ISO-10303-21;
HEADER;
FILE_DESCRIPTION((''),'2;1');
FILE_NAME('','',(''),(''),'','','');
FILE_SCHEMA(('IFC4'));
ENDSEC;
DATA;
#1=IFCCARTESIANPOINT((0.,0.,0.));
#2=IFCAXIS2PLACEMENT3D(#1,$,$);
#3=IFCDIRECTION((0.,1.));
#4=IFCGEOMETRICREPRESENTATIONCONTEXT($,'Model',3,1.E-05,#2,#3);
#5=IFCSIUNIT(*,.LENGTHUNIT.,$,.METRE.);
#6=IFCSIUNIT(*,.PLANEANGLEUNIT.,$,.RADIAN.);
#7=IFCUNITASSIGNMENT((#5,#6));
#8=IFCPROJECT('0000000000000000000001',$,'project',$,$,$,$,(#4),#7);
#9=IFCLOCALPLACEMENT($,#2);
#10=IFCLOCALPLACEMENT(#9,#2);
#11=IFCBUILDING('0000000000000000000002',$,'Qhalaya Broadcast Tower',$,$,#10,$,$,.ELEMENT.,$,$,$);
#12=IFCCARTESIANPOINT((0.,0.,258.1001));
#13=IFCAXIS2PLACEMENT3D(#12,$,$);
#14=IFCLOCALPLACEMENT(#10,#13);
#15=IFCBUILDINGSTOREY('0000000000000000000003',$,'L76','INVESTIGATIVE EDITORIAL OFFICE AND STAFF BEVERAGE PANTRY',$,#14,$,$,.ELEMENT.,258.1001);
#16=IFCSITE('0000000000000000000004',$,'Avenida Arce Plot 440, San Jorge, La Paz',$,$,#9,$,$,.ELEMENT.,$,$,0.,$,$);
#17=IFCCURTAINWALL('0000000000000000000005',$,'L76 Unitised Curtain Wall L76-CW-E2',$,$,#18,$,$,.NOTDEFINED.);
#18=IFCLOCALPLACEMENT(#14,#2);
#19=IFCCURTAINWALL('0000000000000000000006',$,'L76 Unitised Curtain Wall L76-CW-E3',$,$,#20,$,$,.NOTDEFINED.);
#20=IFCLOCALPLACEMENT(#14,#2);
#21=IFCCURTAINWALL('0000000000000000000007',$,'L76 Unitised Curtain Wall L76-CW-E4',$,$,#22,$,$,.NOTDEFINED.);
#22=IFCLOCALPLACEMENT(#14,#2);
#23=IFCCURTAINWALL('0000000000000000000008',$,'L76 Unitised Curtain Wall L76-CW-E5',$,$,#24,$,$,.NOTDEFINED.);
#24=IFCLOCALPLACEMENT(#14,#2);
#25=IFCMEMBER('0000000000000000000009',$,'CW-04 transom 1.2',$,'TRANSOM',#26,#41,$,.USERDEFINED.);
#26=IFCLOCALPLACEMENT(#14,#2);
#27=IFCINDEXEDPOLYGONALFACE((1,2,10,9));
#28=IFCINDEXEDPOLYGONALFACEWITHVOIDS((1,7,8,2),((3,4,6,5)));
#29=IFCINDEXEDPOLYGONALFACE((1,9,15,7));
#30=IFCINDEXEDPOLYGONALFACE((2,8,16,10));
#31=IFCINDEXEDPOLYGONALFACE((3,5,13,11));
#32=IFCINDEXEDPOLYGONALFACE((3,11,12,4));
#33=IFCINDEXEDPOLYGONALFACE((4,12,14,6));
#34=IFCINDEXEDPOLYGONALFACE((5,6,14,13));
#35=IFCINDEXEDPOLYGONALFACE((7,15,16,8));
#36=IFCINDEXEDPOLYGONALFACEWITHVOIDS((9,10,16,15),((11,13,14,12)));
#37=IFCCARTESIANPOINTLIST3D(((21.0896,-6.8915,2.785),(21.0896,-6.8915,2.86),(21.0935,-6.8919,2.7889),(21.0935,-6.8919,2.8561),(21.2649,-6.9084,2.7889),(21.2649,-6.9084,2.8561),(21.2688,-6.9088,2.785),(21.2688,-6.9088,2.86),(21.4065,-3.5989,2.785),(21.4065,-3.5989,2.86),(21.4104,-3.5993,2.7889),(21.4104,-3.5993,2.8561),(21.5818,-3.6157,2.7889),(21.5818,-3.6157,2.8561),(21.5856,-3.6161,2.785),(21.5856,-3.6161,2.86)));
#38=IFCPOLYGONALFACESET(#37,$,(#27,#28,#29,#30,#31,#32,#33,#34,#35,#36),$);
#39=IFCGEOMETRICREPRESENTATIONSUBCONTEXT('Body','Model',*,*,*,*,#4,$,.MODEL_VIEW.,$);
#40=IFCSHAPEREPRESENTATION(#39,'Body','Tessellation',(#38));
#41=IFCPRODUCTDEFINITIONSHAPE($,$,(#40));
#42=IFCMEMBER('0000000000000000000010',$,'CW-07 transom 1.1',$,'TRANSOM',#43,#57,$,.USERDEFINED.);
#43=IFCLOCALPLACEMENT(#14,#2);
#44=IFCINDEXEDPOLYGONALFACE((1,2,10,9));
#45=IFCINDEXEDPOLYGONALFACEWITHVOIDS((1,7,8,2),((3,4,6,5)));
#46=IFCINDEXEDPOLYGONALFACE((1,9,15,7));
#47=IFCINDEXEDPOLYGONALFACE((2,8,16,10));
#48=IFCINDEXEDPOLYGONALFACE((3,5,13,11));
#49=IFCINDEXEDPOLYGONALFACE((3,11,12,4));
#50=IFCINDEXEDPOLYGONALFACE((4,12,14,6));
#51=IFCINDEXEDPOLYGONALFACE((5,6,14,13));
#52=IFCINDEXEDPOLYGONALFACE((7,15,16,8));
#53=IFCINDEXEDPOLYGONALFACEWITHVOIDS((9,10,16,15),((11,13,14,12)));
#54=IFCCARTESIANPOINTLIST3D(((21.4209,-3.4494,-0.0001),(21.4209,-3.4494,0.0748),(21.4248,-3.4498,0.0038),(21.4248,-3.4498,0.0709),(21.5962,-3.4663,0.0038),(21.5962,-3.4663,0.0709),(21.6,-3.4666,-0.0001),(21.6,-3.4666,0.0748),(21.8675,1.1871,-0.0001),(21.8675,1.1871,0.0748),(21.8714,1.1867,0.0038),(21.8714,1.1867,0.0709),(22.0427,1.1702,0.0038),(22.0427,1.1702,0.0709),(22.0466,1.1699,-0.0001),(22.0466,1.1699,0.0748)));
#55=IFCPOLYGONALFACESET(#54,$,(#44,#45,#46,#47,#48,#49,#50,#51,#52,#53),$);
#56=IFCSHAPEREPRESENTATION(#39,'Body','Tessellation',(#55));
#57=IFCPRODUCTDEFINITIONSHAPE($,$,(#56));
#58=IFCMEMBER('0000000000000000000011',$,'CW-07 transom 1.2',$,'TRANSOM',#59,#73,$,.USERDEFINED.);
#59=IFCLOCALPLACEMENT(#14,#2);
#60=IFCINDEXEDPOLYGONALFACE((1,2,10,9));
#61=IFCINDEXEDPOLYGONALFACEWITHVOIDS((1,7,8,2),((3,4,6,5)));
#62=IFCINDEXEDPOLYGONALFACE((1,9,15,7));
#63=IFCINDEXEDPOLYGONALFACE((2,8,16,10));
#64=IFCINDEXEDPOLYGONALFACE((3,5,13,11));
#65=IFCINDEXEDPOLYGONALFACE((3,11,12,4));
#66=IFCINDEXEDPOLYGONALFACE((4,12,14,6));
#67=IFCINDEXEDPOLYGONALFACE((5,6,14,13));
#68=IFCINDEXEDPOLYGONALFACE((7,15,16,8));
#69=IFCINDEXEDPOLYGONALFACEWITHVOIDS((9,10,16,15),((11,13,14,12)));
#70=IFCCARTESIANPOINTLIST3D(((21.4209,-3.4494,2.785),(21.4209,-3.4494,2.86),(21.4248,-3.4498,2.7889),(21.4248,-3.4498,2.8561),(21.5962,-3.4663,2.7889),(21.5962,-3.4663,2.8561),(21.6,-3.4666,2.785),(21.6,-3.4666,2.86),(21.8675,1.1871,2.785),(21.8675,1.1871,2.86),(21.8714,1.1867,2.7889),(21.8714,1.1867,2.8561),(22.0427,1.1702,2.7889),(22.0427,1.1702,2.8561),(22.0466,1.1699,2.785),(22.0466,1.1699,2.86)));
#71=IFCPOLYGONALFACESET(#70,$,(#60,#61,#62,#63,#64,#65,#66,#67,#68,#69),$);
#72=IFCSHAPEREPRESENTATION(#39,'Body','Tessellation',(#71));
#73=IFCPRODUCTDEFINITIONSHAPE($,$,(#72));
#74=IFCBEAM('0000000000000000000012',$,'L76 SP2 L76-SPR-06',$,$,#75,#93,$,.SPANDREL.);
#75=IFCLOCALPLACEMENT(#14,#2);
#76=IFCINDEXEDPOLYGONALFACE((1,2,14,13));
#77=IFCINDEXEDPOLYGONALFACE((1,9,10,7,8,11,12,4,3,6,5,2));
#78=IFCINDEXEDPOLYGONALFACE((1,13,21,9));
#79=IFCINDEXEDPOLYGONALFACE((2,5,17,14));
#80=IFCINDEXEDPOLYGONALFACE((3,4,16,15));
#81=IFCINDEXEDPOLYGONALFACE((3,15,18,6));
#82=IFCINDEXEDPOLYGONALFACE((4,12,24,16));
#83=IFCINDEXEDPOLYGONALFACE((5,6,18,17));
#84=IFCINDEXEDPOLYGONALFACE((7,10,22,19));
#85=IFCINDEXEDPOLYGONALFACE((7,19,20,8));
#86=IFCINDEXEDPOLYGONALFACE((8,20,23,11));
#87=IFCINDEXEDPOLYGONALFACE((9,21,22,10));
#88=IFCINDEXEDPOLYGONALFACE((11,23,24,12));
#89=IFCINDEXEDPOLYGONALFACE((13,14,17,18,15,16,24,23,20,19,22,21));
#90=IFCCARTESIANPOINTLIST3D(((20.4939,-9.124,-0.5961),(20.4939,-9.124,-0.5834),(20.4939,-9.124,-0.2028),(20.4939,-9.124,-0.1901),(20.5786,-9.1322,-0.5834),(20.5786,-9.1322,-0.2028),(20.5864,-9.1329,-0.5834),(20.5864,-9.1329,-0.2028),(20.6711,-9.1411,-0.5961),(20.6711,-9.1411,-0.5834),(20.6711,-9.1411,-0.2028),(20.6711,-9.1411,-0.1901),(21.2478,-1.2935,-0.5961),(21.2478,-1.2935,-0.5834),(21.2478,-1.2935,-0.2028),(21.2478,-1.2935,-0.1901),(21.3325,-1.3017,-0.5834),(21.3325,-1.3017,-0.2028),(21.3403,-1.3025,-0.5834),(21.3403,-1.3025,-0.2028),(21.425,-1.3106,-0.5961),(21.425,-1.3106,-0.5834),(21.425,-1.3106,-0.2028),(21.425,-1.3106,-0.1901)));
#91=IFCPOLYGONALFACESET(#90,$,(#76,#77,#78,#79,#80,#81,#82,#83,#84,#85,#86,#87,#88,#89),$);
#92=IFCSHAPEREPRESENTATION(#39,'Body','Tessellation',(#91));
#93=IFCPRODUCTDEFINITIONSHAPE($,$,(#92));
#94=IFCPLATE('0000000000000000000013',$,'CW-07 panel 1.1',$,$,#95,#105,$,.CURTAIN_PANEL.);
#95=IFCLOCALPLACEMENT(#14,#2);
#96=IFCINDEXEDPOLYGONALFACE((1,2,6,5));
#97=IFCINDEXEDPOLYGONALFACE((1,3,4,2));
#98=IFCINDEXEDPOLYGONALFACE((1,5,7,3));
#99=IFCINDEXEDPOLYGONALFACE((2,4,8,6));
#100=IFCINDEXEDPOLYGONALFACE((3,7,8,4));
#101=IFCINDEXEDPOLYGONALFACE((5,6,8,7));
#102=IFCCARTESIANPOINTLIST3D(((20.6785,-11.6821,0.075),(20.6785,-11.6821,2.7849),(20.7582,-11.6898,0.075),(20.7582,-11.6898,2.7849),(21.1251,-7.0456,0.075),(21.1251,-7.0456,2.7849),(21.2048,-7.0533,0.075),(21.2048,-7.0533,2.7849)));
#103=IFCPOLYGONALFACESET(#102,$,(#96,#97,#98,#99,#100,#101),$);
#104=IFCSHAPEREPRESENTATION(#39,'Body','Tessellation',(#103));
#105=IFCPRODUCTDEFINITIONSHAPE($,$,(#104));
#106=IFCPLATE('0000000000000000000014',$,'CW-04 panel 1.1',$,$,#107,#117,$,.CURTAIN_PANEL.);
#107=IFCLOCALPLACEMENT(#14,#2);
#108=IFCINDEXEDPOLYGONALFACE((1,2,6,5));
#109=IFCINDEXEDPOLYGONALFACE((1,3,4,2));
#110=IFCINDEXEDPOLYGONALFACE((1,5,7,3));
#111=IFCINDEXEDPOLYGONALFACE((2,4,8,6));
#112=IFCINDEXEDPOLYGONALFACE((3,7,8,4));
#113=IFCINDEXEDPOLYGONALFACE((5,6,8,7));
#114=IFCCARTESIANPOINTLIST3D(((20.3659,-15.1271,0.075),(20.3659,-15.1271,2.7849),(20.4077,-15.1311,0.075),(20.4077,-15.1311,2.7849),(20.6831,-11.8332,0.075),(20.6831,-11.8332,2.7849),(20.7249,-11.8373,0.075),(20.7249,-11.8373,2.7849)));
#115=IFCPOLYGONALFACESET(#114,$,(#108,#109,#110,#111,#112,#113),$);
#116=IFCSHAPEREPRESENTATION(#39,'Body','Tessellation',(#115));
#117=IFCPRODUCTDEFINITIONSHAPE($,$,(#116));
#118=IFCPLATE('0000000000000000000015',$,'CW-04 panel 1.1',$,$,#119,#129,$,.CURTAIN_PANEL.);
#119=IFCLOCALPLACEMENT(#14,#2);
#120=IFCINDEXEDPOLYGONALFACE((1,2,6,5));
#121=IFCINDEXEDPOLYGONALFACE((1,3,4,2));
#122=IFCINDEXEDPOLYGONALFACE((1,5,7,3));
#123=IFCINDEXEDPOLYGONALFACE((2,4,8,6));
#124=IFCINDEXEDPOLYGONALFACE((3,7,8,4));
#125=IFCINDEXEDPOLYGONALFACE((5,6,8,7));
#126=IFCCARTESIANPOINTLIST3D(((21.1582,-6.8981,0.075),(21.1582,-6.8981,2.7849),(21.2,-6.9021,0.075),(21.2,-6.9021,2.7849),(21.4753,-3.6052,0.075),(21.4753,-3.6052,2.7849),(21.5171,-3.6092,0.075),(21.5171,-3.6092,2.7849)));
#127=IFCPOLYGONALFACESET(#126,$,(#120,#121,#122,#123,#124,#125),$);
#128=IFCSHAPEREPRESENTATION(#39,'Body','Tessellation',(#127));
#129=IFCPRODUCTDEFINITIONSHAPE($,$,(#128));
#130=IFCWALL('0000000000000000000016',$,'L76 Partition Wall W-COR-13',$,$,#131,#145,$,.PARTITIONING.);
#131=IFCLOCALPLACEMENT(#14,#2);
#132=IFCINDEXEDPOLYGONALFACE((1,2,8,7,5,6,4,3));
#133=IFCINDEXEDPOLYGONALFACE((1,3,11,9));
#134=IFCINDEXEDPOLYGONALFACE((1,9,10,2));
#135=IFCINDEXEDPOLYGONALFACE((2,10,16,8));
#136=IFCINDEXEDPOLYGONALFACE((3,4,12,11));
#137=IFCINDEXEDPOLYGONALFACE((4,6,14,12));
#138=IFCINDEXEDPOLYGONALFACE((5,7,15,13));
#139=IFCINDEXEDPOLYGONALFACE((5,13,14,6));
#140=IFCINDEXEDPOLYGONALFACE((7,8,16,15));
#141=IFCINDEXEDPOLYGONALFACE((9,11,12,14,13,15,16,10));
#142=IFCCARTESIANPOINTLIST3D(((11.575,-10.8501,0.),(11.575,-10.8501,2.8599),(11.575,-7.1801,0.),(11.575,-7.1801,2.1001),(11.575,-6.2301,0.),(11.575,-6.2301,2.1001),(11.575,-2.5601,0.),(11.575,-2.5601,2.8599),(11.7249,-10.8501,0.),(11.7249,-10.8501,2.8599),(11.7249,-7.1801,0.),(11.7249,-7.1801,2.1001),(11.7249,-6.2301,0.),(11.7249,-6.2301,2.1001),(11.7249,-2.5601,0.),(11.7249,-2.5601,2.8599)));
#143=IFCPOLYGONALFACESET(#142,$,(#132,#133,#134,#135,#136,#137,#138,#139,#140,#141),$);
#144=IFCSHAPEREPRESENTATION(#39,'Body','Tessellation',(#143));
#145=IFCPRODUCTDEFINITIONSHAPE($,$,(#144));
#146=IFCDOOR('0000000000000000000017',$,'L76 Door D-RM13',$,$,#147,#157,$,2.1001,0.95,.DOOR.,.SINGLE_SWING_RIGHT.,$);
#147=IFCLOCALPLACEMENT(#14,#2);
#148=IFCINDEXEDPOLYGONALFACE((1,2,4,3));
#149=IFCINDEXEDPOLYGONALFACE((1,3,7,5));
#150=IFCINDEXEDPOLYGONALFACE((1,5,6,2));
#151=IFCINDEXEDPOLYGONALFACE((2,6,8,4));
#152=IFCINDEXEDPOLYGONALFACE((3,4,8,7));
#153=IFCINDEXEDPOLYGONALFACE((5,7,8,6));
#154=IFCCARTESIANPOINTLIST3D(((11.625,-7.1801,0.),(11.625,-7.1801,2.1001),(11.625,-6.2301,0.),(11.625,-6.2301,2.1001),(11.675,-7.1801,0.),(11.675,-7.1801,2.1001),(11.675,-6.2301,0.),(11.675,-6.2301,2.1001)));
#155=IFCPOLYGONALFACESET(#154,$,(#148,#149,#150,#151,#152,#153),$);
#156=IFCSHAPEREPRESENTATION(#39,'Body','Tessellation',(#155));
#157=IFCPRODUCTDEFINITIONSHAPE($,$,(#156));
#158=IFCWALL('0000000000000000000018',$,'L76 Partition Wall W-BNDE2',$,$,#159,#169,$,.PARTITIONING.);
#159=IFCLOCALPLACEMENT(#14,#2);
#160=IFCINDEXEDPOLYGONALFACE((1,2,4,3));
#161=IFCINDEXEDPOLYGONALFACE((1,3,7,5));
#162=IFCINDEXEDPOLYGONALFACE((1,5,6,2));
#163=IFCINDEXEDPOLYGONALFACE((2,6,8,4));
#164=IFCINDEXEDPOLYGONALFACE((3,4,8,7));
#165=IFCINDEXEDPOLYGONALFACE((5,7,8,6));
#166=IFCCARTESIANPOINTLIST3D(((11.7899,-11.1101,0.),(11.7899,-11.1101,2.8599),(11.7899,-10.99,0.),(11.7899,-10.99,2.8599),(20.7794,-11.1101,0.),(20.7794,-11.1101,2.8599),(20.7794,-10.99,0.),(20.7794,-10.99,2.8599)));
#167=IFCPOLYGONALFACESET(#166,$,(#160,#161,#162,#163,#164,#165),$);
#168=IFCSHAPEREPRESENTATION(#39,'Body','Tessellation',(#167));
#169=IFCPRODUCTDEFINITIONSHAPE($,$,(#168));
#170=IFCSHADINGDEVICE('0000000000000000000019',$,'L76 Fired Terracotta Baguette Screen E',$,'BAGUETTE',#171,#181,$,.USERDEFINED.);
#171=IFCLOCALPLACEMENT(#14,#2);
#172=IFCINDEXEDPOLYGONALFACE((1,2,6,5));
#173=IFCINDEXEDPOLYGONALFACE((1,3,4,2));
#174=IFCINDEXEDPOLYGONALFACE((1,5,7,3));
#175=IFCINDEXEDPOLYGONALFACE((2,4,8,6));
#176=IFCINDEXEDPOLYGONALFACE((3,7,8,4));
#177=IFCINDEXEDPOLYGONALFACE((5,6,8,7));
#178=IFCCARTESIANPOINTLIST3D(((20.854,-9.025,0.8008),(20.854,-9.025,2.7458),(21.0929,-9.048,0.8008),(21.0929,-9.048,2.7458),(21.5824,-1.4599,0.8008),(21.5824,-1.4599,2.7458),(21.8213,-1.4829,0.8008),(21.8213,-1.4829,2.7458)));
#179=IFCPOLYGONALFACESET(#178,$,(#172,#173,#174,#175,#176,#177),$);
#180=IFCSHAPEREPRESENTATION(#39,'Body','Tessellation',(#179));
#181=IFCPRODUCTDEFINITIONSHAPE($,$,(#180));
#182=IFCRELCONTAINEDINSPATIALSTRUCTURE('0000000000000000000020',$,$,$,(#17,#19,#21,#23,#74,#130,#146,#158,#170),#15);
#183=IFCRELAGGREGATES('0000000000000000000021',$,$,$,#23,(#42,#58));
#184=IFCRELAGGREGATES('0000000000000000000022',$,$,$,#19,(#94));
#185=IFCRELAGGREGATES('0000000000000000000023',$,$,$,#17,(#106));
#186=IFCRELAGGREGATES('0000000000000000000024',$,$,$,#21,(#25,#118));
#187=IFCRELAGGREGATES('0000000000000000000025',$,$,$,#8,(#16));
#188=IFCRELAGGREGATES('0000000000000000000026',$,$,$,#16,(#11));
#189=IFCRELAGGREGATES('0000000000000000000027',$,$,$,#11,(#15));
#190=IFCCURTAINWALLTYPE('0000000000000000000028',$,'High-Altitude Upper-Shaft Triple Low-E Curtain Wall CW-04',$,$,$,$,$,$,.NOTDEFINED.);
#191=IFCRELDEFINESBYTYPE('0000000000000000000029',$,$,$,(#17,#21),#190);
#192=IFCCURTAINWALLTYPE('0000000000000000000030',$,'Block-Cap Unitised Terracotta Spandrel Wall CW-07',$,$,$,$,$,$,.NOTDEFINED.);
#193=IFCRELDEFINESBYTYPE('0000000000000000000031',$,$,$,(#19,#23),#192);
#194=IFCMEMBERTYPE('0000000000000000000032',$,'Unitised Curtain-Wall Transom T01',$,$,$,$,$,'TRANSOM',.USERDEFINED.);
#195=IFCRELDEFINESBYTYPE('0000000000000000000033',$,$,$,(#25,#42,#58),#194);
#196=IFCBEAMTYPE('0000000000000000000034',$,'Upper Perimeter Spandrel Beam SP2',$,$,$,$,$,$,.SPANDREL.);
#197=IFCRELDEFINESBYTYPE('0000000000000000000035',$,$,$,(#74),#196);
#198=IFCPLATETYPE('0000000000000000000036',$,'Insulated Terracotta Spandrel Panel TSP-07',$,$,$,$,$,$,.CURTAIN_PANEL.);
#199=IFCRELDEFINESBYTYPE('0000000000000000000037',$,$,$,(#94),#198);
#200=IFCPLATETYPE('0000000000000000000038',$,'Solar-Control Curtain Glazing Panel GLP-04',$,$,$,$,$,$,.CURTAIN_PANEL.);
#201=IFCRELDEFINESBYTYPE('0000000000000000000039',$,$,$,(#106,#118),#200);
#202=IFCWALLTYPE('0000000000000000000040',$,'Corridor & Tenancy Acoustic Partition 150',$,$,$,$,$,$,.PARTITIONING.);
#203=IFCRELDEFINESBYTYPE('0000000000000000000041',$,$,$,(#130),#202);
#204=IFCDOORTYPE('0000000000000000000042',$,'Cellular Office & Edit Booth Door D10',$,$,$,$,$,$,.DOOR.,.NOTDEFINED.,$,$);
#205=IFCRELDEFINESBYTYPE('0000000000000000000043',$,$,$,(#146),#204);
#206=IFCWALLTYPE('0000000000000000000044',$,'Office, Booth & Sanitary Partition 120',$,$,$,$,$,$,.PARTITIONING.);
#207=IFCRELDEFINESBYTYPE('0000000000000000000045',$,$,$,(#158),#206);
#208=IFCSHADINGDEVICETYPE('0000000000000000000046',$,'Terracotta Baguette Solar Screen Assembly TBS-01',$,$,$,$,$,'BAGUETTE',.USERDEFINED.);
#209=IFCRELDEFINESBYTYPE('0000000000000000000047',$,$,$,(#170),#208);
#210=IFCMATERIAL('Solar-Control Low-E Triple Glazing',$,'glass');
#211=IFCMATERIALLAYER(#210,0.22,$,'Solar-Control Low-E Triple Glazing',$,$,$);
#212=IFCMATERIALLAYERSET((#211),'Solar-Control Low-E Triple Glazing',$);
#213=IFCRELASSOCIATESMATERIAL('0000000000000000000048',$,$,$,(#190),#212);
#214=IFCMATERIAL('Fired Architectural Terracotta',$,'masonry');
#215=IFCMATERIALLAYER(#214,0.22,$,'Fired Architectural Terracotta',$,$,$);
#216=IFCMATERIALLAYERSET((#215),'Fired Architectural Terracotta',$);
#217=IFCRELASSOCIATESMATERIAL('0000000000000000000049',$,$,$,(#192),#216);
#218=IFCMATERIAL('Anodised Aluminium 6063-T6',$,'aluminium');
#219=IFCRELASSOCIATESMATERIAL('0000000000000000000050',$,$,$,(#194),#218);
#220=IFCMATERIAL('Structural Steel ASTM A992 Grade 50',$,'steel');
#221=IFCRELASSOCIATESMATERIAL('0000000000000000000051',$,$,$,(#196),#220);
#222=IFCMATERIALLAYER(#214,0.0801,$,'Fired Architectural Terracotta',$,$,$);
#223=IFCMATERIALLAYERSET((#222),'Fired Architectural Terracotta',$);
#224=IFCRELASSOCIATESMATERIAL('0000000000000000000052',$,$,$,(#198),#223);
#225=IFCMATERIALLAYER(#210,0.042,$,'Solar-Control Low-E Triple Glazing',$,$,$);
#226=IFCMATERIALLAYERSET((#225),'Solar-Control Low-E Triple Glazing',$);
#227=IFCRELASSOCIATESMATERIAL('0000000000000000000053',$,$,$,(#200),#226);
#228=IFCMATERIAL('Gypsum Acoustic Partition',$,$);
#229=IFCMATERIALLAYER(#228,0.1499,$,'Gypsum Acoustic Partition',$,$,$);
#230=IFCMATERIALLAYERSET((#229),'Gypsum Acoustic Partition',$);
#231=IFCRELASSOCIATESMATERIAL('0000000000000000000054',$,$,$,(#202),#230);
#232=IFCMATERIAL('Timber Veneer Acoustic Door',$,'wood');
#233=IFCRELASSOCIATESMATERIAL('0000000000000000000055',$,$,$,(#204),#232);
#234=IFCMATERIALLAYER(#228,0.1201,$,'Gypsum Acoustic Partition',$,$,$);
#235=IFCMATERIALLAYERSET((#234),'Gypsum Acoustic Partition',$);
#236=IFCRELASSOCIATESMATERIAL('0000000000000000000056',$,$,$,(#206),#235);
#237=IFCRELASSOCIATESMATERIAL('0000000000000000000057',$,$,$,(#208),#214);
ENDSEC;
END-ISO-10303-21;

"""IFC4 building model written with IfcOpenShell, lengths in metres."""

from ifc_helpers import new_model, si_unit, direction, frame, frame_2d, origin, origin_2d, place, context, subcontext, project, spatial, rectangle, hollow_rectangle, i_section, extrude, material, layer, layer_set, material_profile, profile_set, type_object, element, fill, aggregate, save


model = new_model("IFC4")

# Units and contexts
model_context = context("Model", 3, precision=1e-05, world=origin(), true_north=direction((0.0, 1.0)))
body_context = subcontext(model_context, "Body", "Model", "MODEL_VIEW")
ifc_project = project(units=[si_unit("LENGTHUNIT", "METRE"), si_unit("PLANEANGLEUNIT", "RADIAN")], contexts=[model_context])

# Site, building, storey
site_placement = place(None, origin())
site = spatial("IfcSite", under=ifc_project, at=site_placement, Name="Avenida Arce Plot 440, San Jorge, La Paz", CompositionType="ELEMENT", RefElevation=0.0)
building_placement = place(site_placement, origin())
building = spatial("IfcBuilding", under=site, at=building_placement, Name="Qhalaya Broadcast Tower", CompositionType="ELEMENT")
storey_placement = place(building_placement, frame((0.0, 0.0, 258.1001)))
storey = spatial("IfcBuildingStorey", under=building, at=storey_placement, Name="L76", Description="INVESTIGATIVE EDITORIAL OFFICE AND STAFF BEVERAGE PANTRY", CompositionType="ELEMENT", Elevation=258.1001)

# Curtain wall
ifc_material_1 = material(Name="Solar-Control Low-E Triple Glazing", Category="glass")
ifc_layer_1 = layer(ifc_material_1, 0.22, Name="Solar-Control Low-E Triple Glazing")
ifc_layer_set_1 = layer_set([ifc_layer_1], Name="Solar-Control Low-E Triple Glazing")
curtain_wall_type_1 = type_object("IfcCurtainWallType", Name="High-Altitude Upper-Shaft Triple Low-E Curtain Wall CW-04", PredefinedType="NOTDEFINED", material=ifc_layer_set_1)
curtain_wall_1_placement = place(storey_placement, origin())
curtain_wall_1 = element("IfcCurtainWall", 1, at=curtain_wall_1_placement, inside=storey, type_object=curtain_wall_type_1, Name="L76 Unitised Curtain Wall L76-CW-E2", PredefinedType="NOTDEFINED")
ifc_material_2 = material(Name="Anodised Aluminium 6063-T6", Category="aluminium")

# Curtain walls
ifc_material_3 = material(Name="Fired Architectural Terracotta", Category="masonry")
ifc_layer_2 = layer(ifc_material_3, 0.22, Name="Fired Architectural Terracotta")
ifc_layer_set_2 = layer_set([ifc_layer_2], Name="Fired Architectural Terracotta")
curtain_wall_type_2 = type_object("IfcCurtainWallType", Name="Block-Cap Unitised Terracotta Spandrel Wall CW-07", PredefinedType="NOTDEFINED", material=ifc_layer_set_2)
curtain_wall_2_placement = place(storey_placement, origin())
curtain_wall_2 = element("IfcCurtainWall", 2, at=curtain_wall_2_placement, inside=storey, type_object=curtain_wall_type_2, Name="L76 Unitised Curtain Wall L76-CW-E3", PredefinedType="NOTDEFINED")
curtain_wall_3_placement = place(storey_placement, origin())
curtain_wall_3 = element("IfcCurtainWall", 3, at=curtain_wall_3_placement, inside=storey, type_object=curtain_wall_type_1, Name="L76 Unitised Curtain Wall L76-CW-E4", PredefinedType="NOTDEFINED")

# Curtain wall
curtain_wall_4_placement = place(storey_placement, origin())
curtain_wall_4 = element("IfcCurtainWall", 4, at=curtain_wall_4_placement, inside=storey, type_object=curtain_wall_type_2, Name="L76 Unitised Curtain Wall L76-CW-E5", PredefinedType="NOTDEFINED")

# Members
ifc_material_profile_1 = material_profile(ifc_material_2, hollow_rectangle(XDim=0.075, YDim=0.1799, WallThickness=0.0039, at=origin_2d()), Name="ALU-TRN 75x180x4")
ifc_profile_set_1 = profile_set([ifc_material_profile_1], Name="Anodised Aluminium 6063-T6")
member_type_1 = type_object("IfcMemberType", Name="Unitised Curtain-Wall Transom T01", ElementType="TRANSOM", PredefinedType="USERDEFINED", material=ifc_profile_set_1)
member_1_placement = place(storey_placement, frame((21.1792, -6.9001, 2.8225), z_axis=(0.095798, 0.995401, 0.0), x_axis=(0.0, 0.0, 1.0)))
member_1 = element("IfcMember", 5, at=member_1_placement, type_object=member_type_1, Name="CW-04 transom 1.2", ObjectType="TRANSOM", PredefinedType="USERDEFINED", context=body_context, shape_type="SweptSolid", body=[
    extrude(hollow_rectangle(XDim=0.075, YDim=0.1799, WallThickness=0.0039, at=origin_2d()), origin(), (0.0, 0.0, 1.0), 3.3079),
])
member_2_placement = place(storey_placement, frame((21.5105, -3.458, 0.0374), z_axis=(0.095865, 0.995394, 0.0), x_axis=(0.0, 0.0, 1.0)))
member_2 = element("IfcMember", 6, at=member_2_placement, type_object=member_type_1, Name="CW-07 transom 1.1", ObjectType="TRANSOM", PredefinedType="USERDEFINED", context=body_context, shape_type="SweptSolid", body=[
    extrude(hollow_rectangle(XDim=0.075, YDim=0.1799, WallThickness=0.0039, at=origin_2d()), origin(), (0.0, 0.0, 1.0), 4.658),
])
member_3_placement = place(storey_placement, frame((21.5105, -3.458, 2.8225), z_axis=(0.095865, 0.995394, 0.0), x_axis=(0.0, 0.0, 1.0)))
member_3 = element("IfcMember", 7, at=member_3_placement, type_object=member_type_1, Name="CW-07 transom 1.2", ObjectType="TRANSOM", PredefinedType="USERDEFINED", context=body_context, shape_type="SweptSolid", body=[
    extrude(hollow_rectangle(XDim=0.075, YDim=0.1799, WallThickness=0.0039, at=origin_2d()), origin(), (0.0, 0.0, 1.0), 4.658),
])
aggregate(curtain_wall_4, [member_2, member_3])

# Beam
ifc_material_4 = material(Name="Structural Steel ASTM A992 Grade 50", Category="steel")
ifc_material_profile_2 = material_profile(ifc_material_4, i_section(OverallWidth=0.178, OverallDepth=0.406, WebThickness=0.0078, FlangeThickness=0.0127, at=origin_2d()), Name="W16X40")
ifc_profile_set_2 = profile_set([ifc_material_profile_2], Name="Structural Steel ASTM A992 Grade 50")
beam_type = type_object("IfcBeamType", Name="Upper Perimeter Spandrel Beam SP2", PredefinedType="SPANDREL", material=ifc_profile_set_2)
beam_placement = place(storey_placement, frame((20.5825, -9.1326, -0.3931), z_axis=(0.095834, 0.995397, 0.0), x_axis=(-0.995397, 0.095834, 0.0)))
element("IfcBeam", 8, at=beam_placement, inside=storey, type_object=beam_type, Name="L76 SP2 L76-SPR-06", PredefinedType="SPANDREL", context=body_context, shape_type="SweptSolid", body=[
    extrude(i_section(OverallWidth=0.178, OverallDepth=0.406, WebThickness=0.0078, FlangeThickness=0.0127, at=origin_2d()), origin(), (0.0, 0.0, 1.0), 7.8667),
])

# Plates
ifc_layer_3 = layer(ifc_material_3, 0.0801, Name="Fired Architectural Terracotta")
ifc_layer_set_3 = layer_set([ifc_layer_3], Name="Fired Architectural Terracotta")
plate_type_1 = type_object("IfcPlateType", Name="Insulated Terracotta Spandrel Panel TSP-07", PredefinedType="CURTAIN_PANEL", material=ifc_layer_set_3)
plate_1_placement = place(storey_placement, frame((20.9417, -9.3677, 0.075), z_axis=(0.0, 0.0, 1.0), x_axis=(0.095862, 0.995395, 0.0)))
plate_1 = element("IfcPlate", 9, at=plate_1_placement, type_object=plate_type_1, Name="CW-07 panel 1.1", PredefinedType="CURTAIN_PANEL", context=body_context, shape_type="SweptSolid", body=[
    extrude(rectangle(XDim=4.658, YDim=0.0801, at=origin_2d()), origin(), (0.0, 0.0, 1.0), 2.71),
])
aggregate(curtain_wall_2, [plate_1])
ifc_layer_4 = layer(ifc_material_1, 0.042, Name="Solar-Control Low-E Triple Glazing")
ifc_layer_set_4 = layer_set([ifc_layer_4], Name="Solar-Control Low-E Triple Glazing")
plate_type_2 = type_object("IfcPlateType", Name="Solar-Control Curtain Glazing Panel GLP-04", PredefinedType="CURTAIN_PANEL", material=ifc_layer_set_4)
plate_2_placement = place(storey_placement, frame((20.5454, -13.4822, 0.075), z_axis=(0.0, 0.0, 1.0), x_axis=(0.095836, 0.995397, 0.0)))
plate_2 = element("IfcPlate", 10, at=plate_2_placement, type_object=plate_type_2, Name="CW-04 panel 1.1", PredefinedType="CURTAIN_PANEL", context=body_context, shape_type="SweptSolid", body=[
    extrude(rectangle(XDim=3.3091, YDim=0.042, at=origin_2d()), origin(), (0.0, 0.0, 1.0), 2.71),
])
aggregate(curtain_wall_1, [plate_2])
plate_3_placement = place(storey_placement, frame((21.3376, -5.2537, 0.075), z_axis=(0.0, 0.0, 1.0), x_axis=(0.095835, 0.995397, 0.0)))
plate_3 = element("IfcPlate", 11, at=plate_3_placement, type_object=plate_type_2, Name="CW-04 panel 1.1", PredefinedType="CURTAIN_PANEL", context=body_context, shape_type="SweptSolid", body=[
    extrude(rectangle(XDim=3.3081, YDim=0.042, at=origin_2d()), origin(), (0.0, 0.0, 1.0), 2.71),
])
aggregate(curtain_wall_3, [member_1, plate_3])

# Wall, opening, door
ifc_material_5 = material(Name="Gypsum Acoustic Partition")
ifc_layer_5 = layer(ifc_material_5, 0.1499, Name="Gypsum Acoustic Partition")
ifc_layer_set_5 = layer_set([ifc_layer_5], Name="Gypsum Acoustic Partition")
wall_type_1 = type_object("IfcWallType", Name="Corridor & Tenancy Acoustic Partition 150", PredefinedType="PARTITIONING", material=ifc_layer_set_5)
wall_1_placement = place(storey_placement, frame((11.6499, -10.8501, 0.0), z_axis=(0.0, 0.0, 1.0), x_axis=(0.0, 1.0, 0.0)))
wall_1 = element("IfcWall", 12, at=wall_1_placement, inside=storey, type_object=wall_type_1, Name="L76 Partition Wall W-COR-13", PredefinedType="PARTITIONING", context=body_context, shape_type="SweptSolid", body=[
    extrude(rectangle(XDim=8.29, YDim=0.1499, at=frame_2d((4.145, 0.0))), origin(), (0.0, 0.0, 1.0), 2.8599),
])
opening_placement = place(wall_1_placement, frame((3.6699, 0.0, 0.0)))
opening = element("IfcOpeningElement", 13, at=opening_placement, cuts=wall_1, PredefinedType="OPENING", context=body_context, shape_type="SweptSolid", body=[
    extrude(rectangle(XDim=0.95, YDim=2.1001, at=frame_2d((0.4751, 1.05))), frame((0.0, 0.0869, 0.0), z_axis=(0.0, -1.0, 0.0), x_axis=(1.0, 0.0, 0.0)), (0.0, 0.0, 1.0), 0.1738),
])
ifc_material_6 = material(Name="Timber Veneer Acoustic Door", Category="wood")
door_type = type_object("IfcDoorType", Name="Cellular Office & Edit Booth Door D10", OperationType="NOTDEFINED", PredefinedType="DOOR", material=ifc_material_6)
door_placement = place(opening_placement, origin())
door = element("IfcDoor", 14, at=door_placement, inside=storey, type_object=door_type, Name="L76 Door D-RM13", OperationType="SINGLE_SWING_RIGHT", OverallHeight=2.1001, OverallWidth=0.95, PredefinedType="DOOR", context=body_context, shape_type="SweptSolid", body=[
    extrude(rectangle(XDim=0.95, YDim=2.1001, at=frame_2d((0.4751, 1.05))), frame((0.0, 0.0249, 0.0), z_axis=(0.0, -1.0, 0.0), x_axis=(1.0, 0.0, 0.0)), (0.0, 0.0, 1.0), 0.05),
])
fill(opening, door)

# Wall
ifc_layer_6 = layer(ifc_material_5, 0.1201, Name="Gypsum Acoustic Partition")
ifc_layer_set_6 = layer_set([ifc_layer_6], Name="Gypsum Acoustic Partition")
wall_type_2 = type_object("IfcWallType", Name="Office, Booth & Sanitary Partition 120", PredefinedType="PARTITIONING", material=ifc_layer_set_6)
wall_2_placement = place(storey_placement, frame((11.79, -11.05, 0.0), z_axis=(0.0, 0.0, 1.0), x_axis=(1.0, 0.0, 0.0)))
element("IfcWall", 15, at=wall_2_placement, inside=storey, type_object=wall_type_2, Name="L76 Partition Wall W-BNDE2", PredefinedType="PARTITIONING", context=body_context, shape_type="SweptSolid", body=[
    extrude(rectangle(XDim=8.9895, YDim=0.1201, at=frame_2d((4.4946, 0.0))), origin(), (0.0, 0.0, 1.0), 2.8599),
])

# Shading device
shading_device_type = type_object("IfcShadingDeviceType", Name="Terracotta Baguette Solar Screen Assembly TBS-01", ElementType="BAGUETTE", PredefinedType="USERDEFINED", material=ifc_material_3)
shading_device_placement = place(storey_placement, frame((21.3376, -5.2539, 0.8008), z_axis=(0.0, 0.0, 1.0), x_axis=(0.095846, 0.995396, 0.0)))
element("IfcShadingDevice", 16, at=shading_device_placement, inside=storey, type_object=shading_device_type, Name="L76 Fired Terracotta Baguette Screen E", ObjectType="BAGUETTE", PredefinedType="USERDEFINED", context=body_context, shape_type="SweptSolid", body=[
    extrude(rectangle(XDim=7.6001, YDim=0.24, at=origin_2d()), origin(), (0.0, 0.0, 1.0), 1.9451),
])

save(model, "model.ifc")
